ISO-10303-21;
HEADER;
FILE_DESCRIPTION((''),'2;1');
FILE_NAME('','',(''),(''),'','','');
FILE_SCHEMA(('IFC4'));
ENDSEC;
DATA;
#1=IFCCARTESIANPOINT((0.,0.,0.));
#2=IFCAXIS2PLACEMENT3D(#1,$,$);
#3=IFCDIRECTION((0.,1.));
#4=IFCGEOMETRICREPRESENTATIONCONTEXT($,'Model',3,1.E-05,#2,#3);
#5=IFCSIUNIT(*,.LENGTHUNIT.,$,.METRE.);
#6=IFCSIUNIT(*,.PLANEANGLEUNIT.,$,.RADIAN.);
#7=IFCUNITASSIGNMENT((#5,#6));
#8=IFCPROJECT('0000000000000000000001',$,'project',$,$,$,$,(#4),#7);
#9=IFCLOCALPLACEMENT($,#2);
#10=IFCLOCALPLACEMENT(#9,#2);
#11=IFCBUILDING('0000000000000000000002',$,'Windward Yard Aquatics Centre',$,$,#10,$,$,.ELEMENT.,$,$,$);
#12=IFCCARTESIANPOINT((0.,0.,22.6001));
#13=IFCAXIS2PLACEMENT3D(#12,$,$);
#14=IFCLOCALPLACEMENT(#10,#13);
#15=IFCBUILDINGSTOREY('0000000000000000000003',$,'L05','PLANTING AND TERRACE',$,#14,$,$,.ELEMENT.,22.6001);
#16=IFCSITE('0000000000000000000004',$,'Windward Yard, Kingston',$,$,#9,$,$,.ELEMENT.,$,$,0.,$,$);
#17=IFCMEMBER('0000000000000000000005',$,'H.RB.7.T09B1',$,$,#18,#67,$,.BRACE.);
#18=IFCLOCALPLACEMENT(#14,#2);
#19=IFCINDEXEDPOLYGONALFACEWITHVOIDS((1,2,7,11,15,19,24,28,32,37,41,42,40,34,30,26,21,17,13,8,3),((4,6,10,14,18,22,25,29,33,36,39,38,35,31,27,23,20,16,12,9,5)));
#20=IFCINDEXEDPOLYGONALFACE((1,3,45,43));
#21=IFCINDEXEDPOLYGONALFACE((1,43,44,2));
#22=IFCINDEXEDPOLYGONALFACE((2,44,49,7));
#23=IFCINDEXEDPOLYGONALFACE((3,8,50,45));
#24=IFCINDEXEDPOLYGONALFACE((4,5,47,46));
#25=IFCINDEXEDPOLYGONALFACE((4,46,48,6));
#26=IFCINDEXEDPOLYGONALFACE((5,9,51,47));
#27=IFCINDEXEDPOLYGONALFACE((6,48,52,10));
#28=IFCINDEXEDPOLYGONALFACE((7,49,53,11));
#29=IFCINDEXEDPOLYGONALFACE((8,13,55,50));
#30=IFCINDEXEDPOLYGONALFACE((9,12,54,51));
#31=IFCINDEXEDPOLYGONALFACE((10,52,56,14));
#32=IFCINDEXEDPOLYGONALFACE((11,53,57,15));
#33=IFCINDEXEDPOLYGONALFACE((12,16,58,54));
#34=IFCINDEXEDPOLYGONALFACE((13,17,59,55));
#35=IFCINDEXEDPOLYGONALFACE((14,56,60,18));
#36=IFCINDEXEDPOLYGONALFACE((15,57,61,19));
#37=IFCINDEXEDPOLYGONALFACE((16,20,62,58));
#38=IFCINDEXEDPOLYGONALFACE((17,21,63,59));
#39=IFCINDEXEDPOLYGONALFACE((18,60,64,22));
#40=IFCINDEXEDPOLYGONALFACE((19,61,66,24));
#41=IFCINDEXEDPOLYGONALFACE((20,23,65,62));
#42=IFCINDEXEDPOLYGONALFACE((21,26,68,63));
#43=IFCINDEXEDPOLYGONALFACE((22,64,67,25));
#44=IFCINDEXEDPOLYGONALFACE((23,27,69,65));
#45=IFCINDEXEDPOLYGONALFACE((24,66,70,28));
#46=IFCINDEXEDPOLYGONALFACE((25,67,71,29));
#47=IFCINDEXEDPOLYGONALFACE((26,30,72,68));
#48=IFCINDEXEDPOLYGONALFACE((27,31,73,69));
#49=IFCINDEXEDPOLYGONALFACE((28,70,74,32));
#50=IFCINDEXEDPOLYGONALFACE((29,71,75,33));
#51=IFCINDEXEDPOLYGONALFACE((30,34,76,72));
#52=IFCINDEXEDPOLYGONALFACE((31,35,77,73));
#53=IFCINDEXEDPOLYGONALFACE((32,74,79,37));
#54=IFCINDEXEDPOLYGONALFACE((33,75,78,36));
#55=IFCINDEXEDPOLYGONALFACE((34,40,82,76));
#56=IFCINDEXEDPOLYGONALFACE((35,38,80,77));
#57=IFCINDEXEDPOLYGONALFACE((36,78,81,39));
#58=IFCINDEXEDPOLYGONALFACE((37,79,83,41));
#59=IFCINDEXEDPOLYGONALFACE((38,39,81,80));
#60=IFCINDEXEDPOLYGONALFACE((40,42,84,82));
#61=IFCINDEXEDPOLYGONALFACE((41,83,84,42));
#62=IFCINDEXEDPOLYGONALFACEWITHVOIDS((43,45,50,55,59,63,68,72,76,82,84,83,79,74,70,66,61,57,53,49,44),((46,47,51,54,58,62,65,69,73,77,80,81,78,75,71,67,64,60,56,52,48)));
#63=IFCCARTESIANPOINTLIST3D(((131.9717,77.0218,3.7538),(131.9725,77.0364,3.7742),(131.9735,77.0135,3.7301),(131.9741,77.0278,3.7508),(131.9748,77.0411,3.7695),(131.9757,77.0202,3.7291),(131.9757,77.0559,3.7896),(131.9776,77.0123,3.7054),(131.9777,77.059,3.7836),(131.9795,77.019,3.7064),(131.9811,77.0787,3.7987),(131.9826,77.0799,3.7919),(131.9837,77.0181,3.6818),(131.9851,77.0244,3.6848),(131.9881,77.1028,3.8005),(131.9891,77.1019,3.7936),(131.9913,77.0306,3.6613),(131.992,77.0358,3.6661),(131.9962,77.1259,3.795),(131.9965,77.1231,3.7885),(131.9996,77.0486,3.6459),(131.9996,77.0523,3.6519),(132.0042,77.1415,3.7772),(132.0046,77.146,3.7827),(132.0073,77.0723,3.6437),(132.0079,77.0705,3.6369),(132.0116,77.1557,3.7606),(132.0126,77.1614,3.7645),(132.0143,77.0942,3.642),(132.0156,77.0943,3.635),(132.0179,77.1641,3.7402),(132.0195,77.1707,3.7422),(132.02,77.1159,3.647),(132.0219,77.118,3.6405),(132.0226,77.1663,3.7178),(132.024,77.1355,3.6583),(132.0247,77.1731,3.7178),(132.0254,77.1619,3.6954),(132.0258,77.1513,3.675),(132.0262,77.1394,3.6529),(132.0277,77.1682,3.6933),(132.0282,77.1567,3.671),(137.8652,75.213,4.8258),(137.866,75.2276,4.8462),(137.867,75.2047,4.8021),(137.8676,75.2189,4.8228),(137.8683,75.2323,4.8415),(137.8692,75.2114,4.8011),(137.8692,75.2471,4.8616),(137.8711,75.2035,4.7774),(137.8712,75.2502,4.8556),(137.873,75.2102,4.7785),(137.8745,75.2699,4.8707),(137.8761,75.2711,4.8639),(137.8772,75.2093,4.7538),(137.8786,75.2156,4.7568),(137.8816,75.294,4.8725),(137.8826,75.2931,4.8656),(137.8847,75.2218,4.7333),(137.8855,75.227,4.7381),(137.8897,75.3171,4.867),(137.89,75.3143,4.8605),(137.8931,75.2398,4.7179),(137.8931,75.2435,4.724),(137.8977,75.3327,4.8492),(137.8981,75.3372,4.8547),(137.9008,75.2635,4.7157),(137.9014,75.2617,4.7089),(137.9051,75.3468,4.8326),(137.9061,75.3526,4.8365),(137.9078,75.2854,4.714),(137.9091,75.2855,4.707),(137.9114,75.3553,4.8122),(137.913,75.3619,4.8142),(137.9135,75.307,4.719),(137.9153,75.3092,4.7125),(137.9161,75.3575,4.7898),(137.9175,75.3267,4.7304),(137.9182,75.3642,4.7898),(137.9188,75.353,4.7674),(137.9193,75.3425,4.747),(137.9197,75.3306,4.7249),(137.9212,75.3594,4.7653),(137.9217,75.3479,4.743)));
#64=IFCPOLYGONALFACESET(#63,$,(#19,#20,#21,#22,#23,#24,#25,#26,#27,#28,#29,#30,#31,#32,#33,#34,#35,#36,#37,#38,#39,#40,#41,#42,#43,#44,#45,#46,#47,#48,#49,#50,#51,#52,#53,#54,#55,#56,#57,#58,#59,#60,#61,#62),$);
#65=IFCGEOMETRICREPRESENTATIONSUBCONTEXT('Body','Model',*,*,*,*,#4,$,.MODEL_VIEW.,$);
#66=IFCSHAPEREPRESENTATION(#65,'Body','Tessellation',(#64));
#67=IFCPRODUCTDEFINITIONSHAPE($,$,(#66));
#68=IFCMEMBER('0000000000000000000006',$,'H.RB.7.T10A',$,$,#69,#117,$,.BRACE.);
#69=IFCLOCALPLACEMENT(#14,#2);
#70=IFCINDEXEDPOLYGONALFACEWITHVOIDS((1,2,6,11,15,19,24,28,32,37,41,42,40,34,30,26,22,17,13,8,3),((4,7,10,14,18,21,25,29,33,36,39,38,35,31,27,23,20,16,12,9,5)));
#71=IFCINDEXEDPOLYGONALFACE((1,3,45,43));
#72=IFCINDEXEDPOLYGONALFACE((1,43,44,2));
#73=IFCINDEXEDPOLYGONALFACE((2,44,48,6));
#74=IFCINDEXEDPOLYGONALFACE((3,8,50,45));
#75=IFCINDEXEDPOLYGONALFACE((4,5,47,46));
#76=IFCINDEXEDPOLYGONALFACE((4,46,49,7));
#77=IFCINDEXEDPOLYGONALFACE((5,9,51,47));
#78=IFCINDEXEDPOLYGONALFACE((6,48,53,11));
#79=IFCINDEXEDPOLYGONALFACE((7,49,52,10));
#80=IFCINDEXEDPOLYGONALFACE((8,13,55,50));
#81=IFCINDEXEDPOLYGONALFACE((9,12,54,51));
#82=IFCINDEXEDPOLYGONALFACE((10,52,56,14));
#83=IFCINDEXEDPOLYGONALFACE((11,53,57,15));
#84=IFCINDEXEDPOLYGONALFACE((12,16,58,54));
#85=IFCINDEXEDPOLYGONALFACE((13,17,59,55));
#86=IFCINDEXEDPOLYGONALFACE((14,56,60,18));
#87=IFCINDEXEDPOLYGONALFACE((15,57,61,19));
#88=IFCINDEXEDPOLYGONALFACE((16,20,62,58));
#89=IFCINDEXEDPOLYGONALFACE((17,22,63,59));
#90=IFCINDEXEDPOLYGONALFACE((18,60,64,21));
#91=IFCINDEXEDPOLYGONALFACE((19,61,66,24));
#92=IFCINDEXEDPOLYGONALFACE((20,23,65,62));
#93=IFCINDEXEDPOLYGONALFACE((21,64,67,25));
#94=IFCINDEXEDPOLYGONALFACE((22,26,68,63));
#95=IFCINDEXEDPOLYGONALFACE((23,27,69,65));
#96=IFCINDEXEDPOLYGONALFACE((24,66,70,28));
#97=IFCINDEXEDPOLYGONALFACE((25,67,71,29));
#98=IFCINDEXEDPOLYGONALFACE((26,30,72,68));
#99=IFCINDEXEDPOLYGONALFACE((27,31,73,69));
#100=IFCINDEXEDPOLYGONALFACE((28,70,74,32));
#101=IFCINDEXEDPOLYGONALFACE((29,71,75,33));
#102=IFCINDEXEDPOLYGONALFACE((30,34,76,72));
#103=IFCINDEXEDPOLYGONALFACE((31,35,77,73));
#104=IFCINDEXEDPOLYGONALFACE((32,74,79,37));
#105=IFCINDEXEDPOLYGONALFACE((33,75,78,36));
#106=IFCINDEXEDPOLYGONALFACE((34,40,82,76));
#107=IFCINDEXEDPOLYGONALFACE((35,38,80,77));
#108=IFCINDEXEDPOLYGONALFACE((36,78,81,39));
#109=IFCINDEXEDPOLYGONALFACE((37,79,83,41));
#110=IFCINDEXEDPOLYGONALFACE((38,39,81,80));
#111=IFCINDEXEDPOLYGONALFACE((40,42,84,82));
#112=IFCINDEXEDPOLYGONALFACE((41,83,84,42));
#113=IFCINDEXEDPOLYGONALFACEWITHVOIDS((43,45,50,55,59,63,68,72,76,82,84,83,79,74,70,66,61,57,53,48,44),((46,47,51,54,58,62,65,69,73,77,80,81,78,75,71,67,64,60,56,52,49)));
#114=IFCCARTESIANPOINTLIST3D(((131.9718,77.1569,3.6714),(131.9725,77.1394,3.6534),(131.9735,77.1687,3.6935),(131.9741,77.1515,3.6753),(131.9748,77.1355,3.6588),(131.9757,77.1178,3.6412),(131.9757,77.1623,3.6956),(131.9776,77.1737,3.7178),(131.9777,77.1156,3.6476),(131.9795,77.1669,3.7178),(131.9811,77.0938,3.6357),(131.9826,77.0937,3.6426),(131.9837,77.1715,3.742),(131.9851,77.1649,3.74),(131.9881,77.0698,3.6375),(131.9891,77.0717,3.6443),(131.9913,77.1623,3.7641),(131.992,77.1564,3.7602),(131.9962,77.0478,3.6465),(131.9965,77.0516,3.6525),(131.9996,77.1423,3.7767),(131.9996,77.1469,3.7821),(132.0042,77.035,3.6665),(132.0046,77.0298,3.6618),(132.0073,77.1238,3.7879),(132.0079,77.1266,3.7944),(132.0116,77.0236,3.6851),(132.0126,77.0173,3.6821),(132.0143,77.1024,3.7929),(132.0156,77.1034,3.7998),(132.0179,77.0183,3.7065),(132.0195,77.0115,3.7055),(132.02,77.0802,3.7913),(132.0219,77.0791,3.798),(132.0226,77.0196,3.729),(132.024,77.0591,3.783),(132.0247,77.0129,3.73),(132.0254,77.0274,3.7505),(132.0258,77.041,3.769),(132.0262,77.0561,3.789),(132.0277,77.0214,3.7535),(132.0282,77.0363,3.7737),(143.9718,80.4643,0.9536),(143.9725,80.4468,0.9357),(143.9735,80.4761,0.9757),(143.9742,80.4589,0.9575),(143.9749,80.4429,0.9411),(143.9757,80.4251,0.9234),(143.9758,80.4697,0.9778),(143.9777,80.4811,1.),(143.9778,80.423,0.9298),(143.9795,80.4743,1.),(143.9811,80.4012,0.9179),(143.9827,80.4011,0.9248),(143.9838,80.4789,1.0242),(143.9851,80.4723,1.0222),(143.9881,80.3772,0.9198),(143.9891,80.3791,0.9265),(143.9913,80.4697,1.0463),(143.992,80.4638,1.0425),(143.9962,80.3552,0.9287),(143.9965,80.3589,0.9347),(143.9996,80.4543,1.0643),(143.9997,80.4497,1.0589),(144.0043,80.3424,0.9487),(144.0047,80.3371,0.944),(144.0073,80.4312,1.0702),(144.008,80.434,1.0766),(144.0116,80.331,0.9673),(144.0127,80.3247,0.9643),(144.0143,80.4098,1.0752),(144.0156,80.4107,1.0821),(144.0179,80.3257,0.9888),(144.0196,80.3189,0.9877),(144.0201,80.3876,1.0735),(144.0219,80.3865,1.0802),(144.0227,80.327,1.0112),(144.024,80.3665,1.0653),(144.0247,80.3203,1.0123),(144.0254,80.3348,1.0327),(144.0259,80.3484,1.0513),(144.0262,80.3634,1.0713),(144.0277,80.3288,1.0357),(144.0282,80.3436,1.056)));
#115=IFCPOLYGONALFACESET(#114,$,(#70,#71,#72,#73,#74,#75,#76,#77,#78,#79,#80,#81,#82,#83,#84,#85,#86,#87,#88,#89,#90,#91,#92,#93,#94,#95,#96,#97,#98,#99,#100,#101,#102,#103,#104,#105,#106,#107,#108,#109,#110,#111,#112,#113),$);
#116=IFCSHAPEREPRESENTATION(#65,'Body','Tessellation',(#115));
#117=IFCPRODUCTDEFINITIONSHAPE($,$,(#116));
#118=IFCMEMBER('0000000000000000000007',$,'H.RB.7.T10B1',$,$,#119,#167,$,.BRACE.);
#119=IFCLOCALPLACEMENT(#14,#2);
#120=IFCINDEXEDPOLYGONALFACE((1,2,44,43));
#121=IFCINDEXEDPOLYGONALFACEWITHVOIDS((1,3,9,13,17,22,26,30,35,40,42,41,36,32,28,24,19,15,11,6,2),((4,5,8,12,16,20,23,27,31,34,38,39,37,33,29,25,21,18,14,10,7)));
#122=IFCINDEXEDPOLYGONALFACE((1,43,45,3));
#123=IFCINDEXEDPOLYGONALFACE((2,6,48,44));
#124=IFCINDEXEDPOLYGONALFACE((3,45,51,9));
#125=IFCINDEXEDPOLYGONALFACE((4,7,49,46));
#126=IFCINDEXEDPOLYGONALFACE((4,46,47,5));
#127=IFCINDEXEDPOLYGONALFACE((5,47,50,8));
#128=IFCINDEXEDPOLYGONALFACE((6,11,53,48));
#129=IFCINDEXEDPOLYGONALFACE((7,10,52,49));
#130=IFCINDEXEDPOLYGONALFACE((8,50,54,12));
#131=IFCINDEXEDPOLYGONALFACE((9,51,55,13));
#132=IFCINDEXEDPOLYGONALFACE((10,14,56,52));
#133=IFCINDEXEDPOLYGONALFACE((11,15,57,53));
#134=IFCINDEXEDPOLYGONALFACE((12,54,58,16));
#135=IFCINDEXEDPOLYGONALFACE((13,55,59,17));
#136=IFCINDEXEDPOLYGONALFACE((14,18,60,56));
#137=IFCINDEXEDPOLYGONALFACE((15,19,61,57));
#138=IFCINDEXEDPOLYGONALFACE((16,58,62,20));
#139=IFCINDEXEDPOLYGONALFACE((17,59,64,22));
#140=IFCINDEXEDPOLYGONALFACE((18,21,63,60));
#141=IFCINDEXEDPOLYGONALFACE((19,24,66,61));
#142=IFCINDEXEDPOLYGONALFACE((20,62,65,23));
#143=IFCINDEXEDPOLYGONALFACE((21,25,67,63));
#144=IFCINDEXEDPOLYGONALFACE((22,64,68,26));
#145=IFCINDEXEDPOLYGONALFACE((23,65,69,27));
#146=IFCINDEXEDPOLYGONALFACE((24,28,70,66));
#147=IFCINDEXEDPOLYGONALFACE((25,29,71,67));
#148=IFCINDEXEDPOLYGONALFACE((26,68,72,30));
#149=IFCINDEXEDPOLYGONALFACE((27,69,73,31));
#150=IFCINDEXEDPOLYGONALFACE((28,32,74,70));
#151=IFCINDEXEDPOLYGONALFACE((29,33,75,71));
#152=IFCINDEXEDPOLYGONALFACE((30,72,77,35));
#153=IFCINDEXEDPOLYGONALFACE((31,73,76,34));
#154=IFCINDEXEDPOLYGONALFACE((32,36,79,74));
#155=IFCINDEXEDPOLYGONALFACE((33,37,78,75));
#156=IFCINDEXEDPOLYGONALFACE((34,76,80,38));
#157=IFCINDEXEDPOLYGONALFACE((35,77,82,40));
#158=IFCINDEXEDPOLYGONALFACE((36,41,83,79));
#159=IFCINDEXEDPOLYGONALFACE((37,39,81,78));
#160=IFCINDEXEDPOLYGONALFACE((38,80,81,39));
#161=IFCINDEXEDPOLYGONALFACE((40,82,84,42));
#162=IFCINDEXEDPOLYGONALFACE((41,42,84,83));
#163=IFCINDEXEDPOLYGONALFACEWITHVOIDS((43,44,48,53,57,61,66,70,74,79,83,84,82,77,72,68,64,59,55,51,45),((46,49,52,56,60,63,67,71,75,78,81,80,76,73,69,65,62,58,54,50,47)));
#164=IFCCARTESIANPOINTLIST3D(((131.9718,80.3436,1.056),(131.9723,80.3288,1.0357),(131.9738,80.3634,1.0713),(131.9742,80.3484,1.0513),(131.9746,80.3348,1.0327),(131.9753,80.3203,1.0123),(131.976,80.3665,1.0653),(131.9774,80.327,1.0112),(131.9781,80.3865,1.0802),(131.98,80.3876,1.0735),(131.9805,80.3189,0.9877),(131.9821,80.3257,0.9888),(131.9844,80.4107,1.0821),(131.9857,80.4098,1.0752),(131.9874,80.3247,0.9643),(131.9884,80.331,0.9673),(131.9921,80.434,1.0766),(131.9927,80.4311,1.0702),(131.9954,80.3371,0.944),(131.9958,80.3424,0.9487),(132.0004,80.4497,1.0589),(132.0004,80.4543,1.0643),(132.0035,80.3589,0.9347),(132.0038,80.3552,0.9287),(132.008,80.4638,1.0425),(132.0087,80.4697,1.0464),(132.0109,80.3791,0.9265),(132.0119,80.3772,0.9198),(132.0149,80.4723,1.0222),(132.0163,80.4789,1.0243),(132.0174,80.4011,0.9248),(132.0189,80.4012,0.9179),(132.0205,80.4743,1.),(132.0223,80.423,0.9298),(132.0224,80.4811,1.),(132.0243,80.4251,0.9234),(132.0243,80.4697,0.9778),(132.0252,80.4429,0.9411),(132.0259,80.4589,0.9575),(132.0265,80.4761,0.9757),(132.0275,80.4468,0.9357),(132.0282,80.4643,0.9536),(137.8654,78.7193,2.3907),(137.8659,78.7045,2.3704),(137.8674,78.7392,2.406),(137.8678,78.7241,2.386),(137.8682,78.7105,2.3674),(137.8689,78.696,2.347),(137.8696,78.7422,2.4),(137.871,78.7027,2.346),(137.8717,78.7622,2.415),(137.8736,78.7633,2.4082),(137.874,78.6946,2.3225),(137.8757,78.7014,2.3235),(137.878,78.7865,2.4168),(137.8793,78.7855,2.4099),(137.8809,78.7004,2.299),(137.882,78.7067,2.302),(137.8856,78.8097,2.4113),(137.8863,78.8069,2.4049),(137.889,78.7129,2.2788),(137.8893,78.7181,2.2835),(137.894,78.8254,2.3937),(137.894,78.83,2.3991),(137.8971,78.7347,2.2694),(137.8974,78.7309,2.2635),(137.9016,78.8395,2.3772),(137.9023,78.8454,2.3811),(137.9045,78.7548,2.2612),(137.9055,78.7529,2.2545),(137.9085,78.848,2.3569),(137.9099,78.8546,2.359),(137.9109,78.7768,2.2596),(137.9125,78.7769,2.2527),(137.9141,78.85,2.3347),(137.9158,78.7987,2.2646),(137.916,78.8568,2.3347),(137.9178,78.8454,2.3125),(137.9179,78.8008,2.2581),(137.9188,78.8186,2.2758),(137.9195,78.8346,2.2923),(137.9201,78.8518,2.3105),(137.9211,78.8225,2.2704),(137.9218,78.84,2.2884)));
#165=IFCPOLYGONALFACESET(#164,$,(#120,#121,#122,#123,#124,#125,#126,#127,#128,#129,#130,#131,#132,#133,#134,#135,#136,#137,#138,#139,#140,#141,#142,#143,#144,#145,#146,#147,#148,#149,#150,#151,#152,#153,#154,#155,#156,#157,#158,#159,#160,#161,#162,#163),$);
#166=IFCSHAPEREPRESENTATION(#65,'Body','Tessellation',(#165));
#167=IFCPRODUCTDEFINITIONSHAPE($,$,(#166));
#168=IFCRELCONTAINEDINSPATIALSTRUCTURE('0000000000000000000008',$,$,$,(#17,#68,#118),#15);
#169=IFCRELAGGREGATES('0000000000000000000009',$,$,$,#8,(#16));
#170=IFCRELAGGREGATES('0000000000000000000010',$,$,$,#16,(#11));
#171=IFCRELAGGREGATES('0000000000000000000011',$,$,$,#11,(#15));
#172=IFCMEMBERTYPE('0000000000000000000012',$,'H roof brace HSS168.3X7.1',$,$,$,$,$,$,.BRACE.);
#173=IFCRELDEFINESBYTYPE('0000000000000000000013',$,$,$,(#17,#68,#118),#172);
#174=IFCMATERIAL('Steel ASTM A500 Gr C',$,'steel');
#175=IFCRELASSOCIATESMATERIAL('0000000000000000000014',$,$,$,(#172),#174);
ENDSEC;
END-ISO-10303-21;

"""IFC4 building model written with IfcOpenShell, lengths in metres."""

from ifc_helpers import new_model, si_unit, direction, frame, origin, origin_2d, place, context, subcontext, project, spatial, hollow_circle, extrude, material, material_profile, profile_set, type_object, element, save


model = new_model("IFC4")

# Units and contexts
model_context = context("Model", 3, precision=1e-05, world=origin(), true_north=direction((0.0, 1.0)))
body_context = subcontext(model_context, "Body", "Model", "MODEL_VIEW")
ifc_project = project(units=[si_unit("LENGTHUNIT", "METRE"), si_unit("PLANEANGLEUNIT", "RADIAN")], contexts=[model_context])

# Site, building, storey
site_placement = place(None, origin())
site = spatial("IfcSite", under=ifc_project, at=site_placement, Name="Windward Yard, Kingston", CompositionType="ELEMENT", RefElevation=0.0)
building_placement = place(site_placement, origin())
building = spatial("IfcBuilding", under=site, at=building_placement, Name="Windward Yard Aquatics Centre", CompositionType="ELEMENT")
storey_placement = place(building_placement, frame((0.0, 0.0, 22.6001)))
storey = spatial("IfcBuildingStorey", under=building, at=storey_placement, Name="L05", Description="PLANTING AND TERRACE", CompositionType="ELEMENT", Elevation=22.6001)

# Shared definitions
ifc_material_1 = material(Name="Steel ASTM A500 Gr C", Category="steel")

# Members
ifc_material_profile_1 = material_profile(ifc_material_1, hollow_circle(Radius=0.0842, WallThickness=0.0071, at=origin_2d()), Name="HSS168.3X7.1")
ifc_profile_set_1 = profile_set([ifc_material_profile_1], Name="Steel ASTM A500 Gr C")
member_type_1 = type_object("IfcMemberType", Name="H roof brace HSS168.3X7.1", PredefinedType="BRACE", material=ifc_profile_set_1)
member_1_placement = place(storey_placement, frame((132.0, 77.0925, 3.7178), z_axis=(0.941853, -0.289072, 0.17132), x_axis=(0.29341, 0.955987, 0.0)))
element("IfcMember", 1, at=member_1_placement, inside=storey, type_object=member_type_1, Name="H.RB.7.T09B1", PredefinedType="BRACE", context=body_context, shape_type="SweptSolid", body=[
    extrude(hollow_circle(Radius=0.0842, WallThickness=0.0071, at=origin_2d()), origin(), (0.0, 0.0, 1.0), 6.2573),
])
member_2_placement = place(storey_placement, frame((132.0, 77.0925, 3.7178), z_axis=(0.941865, 0.259591, -0.213315), x_axis=(-0.265707, 0.964054, 0.0)))
element("IfcMember", 2, at=member_2_placement, inside=storey, type_object=member_type_1, Name="H.RB.7.T10A", PredefinedType="BRACE", context=body_context, shape_type="SweptSolid", body=[
    extrude(hollow_circle(Radius=0.0842, WallThickness=0.0071, at=origin_2d()), origin(), (0.0, 0.0, 1.0), 12.7407),
])
for number, where, z_axis, x_axis, name in (
    (3, (132.0, 80.3999, 1.0), (0.94187, -0.25958, 0.213306), (0.265695, 0.964057, 0.0), "H.RB.7.T10B1"),
):
    element("IfcMember", number, at=place(storey_placement, frame(where, z_axis=z_axis, x_axis=x_axis)), inside=storey, type_object=member_type_1, Name=name, PredefinedType="BRACE", context=body_context, shape_type="SweptSolid", body=[
        extrude(hollow_circle(Radius=0.0842, WallThickness=0.0071, at=origin_2d()), origin(), (0.0, 0.0, 1.0), 6.2573),
    ])

save(model, "model.ifc")
